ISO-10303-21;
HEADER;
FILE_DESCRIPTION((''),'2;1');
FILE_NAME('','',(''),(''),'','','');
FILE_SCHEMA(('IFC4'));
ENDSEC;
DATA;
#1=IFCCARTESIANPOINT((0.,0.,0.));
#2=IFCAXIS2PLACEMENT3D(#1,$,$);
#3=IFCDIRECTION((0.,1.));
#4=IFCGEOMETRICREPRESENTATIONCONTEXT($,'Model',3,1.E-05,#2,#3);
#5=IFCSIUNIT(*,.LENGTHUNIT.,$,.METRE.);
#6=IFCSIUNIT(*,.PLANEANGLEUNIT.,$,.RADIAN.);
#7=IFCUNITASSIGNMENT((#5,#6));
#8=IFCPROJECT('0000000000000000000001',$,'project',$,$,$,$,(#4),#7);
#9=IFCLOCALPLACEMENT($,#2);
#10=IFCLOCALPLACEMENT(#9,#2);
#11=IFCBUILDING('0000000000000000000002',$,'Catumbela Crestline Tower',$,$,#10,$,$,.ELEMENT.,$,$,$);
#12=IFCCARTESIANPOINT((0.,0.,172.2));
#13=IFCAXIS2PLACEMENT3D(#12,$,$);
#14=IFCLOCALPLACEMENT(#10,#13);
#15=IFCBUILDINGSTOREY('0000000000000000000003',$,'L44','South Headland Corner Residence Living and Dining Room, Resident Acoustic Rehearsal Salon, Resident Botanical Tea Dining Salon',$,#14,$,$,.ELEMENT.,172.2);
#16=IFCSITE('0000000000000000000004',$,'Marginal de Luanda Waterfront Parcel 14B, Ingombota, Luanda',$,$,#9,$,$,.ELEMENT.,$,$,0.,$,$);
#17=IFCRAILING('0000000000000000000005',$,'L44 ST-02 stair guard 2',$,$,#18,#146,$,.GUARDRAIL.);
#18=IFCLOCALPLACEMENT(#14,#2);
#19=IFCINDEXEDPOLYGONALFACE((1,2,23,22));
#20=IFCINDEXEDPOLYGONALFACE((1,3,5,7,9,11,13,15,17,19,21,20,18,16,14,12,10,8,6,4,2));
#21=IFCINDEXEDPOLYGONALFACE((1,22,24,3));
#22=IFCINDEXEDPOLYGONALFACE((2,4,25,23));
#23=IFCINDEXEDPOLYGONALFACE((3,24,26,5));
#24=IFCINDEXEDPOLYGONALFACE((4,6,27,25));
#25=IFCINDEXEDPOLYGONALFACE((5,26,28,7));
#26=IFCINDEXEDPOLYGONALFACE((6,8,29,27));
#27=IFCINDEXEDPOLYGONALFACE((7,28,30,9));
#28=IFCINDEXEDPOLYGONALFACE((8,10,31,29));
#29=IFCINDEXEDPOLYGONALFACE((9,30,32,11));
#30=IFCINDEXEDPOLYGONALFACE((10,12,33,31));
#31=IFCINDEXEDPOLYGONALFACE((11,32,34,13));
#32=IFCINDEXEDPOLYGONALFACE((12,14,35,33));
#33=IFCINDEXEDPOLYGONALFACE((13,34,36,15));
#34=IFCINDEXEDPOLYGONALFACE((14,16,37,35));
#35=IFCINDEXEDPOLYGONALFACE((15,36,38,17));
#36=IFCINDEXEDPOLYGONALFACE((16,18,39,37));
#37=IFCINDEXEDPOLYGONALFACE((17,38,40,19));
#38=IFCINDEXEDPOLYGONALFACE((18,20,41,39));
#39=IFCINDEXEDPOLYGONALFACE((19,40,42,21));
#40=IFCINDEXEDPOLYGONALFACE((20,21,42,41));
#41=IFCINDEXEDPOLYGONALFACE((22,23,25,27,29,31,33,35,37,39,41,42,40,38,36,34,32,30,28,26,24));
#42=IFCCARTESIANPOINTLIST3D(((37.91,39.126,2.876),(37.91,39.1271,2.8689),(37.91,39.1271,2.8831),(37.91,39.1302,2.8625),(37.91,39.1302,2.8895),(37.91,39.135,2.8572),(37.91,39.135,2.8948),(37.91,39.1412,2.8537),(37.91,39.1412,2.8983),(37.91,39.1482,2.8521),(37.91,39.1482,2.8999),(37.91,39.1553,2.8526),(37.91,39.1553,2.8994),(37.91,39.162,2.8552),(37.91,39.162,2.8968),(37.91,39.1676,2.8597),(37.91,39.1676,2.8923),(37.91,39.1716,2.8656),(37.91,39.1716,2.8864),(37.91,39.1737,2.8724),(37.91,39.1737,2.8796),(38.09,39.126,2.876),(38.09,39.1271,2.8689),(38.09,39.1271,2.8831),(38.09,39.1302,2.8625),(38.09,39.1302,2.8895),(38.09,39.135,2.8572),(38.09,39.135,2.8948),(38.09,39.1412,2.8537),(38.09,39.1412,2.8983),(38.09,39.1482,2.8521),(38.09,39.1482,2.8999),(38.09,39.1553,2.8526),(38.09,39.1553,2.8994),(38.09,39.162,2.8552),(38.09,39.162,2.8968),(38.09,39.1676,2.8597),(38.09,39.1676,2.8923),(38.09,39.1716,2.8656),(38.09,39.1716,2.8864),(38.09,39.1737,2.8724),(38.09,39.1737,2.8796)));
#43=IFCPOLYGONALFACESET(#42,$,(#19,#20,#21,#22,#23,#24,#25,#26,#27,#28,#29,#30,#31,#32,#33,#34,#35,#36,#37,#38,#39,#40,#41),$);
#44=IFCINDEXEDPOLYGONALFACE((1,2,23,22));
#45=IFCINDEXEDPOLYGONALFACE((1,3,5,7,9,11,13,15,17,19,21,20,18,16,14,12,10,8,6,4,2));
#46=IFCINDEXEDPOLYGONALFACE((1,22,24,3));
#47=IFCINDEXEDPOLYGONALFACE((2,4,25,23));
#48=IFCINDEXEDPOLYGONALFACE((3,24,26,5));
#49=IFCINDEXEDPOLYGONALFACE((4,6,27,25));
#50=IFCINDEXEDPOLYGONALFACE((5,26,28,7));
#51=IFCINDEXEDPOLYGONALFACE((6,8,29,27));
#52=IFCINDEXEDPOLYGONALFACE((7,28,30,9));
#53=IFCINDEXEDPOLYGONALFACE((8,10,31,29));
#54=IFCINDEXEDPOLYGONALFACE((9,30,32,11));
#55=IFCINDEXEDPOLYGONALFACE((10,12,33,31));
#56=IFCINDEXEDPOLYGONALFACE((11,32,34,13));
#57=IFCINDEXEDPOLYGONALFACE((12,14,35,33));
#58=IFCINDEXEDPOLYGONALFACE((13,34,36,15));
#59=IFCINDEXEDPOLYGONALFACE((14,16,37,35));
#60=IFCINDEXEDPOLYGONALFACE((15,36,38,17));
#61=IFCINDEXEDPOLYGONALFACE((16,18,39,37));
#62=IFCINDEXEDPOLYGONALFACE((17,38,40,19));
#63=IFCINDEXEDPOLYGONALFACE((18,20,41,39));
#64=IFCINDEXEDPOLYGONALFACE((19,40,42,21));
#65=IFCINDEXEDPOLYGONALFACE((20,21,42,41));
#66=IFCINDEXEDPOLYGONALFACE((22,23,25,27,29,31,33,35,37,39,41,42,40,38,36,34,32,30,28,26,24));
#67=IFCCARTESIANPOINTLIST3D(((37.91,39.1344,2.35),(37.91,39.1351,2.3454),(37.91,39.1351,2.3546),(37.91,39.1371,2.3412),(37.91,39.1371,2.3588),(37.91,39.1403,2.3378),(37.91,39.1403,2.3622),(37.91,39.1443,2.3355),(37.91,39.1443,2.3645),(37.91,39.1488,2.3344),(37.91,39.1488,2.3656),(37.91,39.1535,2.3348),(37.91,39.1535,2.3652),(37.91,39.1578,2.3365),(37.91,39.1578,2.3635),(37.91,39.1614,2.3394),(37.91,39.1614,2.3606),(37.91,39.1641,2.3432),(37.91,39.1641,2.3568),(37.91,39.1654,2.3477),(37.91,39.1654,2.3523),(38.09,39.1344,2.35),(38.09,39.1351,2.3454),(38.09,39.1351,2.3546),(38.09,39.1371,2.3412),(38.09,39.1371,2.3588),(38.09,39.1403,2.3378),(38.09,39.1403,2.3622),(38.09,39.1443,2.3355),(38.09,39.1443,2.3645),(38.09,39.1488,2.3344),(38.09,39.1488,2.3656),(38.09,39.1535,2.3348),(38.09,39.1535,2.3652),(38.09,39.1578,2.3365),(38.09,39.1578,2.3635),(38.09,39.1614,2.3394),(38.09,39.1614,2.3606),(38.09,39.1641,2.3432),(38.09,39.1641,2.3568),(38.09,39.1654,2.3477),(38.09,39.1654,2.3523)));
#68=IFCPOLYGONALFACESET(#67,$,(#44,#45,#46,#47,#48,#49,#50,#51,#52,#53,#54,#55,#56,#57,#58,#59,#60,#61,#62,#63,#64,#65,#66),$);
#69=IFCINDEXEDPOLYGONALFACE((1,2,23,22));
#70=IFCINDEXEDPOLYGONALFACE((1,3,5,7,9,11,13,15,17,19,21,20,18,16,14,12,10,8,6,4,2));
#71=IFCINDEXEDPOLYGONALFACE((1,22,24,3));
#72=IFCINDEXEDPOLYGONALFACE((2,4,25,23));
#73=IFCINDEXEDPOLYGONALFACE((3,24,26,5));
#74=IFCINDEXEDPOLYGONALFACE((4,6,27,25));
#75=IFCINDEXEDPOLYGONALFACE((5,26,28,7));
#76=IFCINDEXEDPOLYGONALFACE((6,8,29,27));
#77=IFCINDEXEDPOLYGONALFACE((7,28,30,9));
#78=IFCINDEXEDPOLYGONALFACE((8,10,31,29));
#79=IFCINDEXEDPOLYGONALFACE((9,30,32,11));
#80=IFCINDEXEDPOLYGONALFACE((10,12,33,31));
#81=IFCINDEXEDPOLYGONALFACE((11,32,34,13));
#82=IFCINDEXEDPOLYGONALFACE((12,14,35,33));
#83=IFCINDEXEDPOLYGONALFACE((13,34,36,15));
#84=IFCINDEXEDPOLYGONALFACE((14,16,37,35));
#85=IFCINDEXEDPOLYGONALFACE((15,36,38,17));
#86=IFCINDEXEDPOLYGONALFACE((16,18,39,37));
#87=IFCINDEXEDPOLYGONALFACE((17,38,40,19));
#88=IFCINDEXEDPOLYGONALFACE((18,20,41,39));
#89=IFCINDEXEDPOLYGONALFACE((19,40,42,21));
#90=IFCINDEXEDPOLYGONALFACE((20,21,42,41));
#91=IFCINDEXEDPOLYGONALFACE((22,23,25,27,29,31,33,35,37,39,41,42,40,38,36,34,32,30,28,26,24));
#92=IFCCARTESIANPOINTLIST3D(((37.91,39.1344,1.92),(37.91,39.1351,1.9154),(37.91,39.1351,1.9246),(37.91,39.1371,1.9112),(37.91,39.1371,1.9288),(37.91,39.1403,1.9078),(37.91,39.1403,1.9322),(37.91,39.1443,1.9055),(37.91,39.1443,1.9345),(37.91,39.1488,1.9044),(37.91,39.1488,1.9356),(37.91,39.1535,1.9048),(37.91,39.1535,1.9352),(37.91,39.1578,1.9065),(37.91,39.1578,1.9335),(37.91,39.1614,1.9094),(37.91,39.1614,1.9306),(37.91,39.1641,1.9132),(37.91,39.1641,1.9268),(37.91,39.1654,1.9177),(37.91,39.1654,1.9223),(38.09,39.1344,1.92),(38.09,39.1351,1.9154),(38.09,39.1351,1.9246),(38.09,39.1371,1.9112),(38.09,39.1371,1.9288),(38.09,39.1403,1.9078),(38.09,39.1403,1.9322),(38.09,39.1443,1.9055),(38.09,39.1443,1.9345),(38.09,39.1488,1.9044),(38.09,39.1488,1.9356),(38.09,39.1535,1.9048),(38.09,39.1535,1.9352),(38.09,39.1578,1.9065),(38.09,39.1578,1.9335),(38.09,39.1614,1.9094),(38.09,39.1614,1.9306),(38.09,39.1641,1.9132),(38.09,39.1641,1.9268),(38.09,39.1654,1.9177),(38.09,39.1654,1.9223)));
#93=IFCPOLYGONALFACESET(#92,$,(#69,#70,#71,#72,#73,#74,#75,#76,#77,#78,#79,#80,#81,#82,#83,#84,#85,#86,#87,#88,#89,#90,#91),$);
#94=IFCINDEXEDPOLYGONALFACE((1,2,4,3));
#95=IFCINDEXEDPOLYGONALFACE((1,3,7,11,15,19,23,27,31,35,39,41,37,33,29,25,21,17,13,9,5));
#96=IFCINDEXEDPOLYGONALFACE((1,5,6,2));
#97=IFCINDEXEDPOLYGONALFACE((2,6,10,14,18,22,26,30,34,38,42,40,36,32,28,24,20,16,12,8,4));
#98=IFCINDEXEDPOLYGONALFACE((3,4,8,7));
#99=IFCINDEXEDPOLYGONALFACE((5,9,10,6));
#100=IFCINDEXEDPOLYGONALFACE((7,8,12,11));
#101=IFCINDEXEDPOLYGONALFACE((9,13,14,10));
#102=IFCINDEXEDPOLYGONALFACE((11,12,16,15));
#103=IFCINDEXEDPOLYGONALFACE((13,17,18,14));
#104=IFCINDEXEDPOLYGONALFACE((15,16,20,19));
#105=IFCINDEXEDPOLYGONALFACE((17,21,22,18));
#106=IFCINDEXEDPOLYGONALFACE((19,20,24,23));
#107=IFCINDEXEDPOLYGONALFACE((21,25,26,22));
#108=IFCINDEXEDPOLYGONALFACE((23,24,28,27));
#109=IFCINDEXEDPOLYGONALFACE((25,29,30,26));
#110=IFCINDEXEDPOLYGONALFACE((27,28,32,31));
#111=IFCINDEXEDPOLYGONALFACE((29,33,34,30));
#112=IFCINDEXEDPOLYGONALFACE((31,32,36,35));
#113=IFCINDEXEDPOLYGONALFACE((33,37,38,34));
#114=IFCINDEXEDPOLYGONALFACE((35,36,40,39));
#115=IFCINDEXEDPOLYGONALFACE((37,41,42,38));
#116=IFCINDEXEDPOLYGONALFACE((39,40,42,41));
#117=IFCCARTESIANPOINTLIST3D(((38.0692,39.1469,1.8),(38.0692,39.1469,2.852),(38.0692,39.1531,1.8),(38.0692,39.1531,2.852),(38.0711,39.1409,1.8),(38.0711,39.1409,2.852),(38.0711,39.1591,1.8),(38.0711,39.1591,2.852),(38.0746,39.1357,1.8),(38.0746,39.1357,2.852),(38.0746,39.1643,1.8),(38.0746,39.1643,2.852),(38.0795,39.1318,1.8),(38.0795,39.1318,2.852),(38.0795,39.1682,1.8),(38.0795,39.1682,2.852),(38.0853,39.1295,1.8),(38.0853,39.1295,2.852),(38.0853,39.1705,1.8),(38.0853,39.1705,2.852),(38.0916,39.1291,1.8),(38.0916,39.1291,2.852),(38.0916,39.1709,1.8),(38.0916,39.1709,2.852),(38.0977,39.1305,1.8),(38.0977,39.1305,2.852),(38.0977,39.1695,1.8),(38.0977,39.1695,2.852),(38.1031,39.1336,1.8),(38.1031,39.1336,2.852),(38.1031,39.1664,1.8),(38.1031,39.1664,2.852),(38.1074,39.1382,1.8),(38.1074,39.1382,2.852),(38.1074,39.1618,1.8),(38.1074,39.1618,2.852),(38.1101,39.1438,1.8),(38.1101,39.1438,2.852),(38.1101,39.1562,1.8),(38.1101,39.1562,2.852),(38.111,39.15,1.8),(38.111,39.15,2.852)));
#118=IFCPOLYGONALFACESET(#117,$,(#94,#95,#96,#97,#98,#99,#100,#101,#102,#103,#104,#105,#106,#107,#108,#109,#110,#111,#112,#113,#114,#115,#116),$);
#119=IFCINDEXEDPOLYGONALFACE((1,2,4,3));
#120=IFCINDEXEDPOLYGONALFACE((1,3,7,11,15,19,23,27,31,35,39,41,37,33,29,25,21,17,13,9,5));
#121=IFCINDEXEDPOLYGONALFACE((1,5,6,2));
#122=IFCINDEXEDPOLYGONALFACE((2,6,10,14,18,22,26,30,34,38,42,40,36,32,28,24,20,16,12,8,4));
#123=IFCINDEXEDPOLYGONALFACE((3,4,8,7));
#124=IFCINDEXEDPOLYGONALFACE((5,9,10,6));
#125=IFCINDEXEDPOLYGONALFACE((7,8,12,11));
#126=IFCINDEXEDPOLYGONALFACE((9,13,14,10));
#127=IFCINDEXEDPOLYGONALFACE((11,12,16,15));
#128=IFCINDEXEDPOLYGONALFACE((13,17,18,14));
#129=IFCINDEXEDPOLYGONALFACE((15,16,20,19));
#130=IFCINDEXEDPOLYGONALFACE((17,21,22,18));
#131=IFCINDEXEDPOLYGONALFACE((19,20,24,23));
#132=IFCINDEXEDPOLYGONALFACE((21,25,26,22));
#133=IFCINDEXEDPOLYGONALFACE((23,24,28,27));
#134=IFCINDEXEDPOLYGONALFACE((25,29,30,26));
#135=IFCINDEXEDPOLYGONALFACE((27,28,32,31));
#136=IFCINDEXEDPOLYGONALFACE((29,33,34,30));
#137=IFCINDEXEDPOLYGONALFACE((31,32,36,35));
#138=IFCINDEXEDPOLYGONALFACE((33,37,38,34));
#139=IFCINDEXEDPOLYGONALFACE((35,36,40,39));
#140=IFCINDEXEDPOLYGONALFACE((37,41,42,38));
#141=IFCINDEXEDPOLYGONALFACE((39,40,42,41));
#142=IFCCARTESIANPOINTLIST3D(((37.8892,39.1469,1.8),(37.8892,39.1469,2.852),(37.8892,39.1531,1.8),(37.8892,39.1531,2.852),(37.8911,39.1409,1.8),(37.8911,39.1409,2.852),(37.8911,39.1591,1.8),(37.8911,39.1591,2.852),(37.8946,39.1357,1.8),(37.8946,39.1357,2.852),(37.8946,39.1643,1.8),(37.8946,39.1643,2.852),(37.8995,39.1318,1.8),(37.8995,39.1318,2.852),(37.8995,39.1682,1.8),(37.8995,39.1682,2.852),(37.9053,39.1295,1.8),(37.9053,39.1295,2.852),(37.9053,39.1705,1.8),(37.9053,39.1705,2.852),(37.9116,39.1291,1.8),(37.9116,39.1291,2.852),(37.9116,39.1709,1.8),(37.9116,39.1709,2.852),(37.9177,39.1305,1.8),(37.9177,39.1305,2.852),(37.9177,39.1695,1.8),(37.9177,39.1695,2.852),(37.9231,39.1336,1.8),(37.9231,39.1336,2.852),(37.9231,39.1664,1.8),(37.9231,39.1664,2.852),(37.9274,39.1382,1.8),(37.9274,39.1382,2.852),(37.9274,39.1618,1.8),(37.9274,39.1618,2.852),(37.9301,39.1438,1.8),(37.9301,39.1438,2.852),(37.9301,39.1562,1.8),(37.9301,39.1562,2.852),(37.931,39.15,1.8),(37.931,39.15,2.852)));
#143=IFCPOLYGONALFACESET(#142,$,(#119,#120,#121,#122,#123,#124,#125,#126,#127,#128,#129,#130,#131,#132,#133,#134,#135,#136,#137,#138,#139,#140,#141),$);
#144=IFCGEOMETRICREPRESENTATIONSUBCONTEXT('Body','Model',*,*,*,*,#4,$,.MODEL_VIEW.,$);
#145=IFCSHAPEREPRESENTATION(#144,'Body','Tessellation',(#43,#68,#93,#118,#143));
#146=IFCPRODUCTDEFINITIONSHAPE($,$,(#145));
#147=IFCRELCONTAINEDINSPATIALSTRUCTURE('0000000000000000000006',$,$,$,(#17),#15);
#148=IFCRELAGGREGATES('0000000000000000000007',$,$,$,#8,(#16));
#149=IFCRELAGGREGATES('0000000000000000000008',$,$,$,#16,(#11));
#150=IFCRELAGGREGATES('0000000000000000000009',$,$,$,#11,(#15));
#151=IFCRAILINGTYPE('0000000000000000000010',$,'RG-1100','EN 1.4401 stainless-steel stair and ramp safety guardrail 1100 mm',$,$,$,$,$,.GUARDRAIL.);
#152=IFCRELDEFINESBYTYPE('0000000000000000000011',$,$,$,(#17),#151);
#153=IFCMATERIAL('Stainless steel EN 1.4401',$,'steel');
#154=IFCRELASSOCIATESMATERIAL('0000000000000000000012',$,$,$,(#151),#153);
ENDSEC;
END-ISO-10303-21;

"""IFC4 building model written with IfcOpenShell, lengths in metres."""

from ifc_helpers import new_model, si_unit, direction, frame, origin, origin_2d, place, context, subcontext, project, spatial, circle, extrude, material, type_object, element, save


model = new_model("IFC4")

# Units and contexts
model_context = context("Model", 3, precision=1e-05, world=origin(), true_north=direction((0.0, 1.0)))
body_context = subcontext(model_context, "Body", "Model", "MODEL_VIEW")
ifc_project = project(units=[si_unit("LENGTHUNIT", "METRE"), si_unit("PLANEANGLEUNIT", "RADIAN")], contexts=[model_context])

# Site, building, storey
site_placement = place(None, origin())
site = spatial("IfcSite", under=ifc_project, at=site_placement, Name="Marginal de Luanda Waterfront Parcel 14B, Ingombota, Luanda", CompositionType="ELEMENT", RefElevation=0.0)
building_placement = place(site_placement, origin())
building = spatial("IfcBuilding", under=site, at=building_placement, Name="Catumbela Crestline Tower", CompositionType="ELEMENT")
storey_placement = place(building_placement, frame((0.0, 0.0, 172.2)))
storey = spatial("IfcBuildingStorey", under=building, at=storey_placement, Name="L44", Description="South Headland Corner Residence Living and Dining Room, Resident Acoustic Rehearsal Salon, Resident Botanical Tea Dining Salon", CompositionType="ELEMENT", Elevation=172.2)

# Shared definitions
ifc_material_1 = material(Name="Stainless steel EN 1.4401", Category="steel")

# Railing
railing_type_1 = type_object("IfcRailingType", Name="RG-1100", Description="EN 1.4401 stainless-steel stair and ramp safety guardrail 1100 mm", PredefinedType="GUARDRAIL", material=ifc_material_1)
railing_1_placement = place(storey_placement, frame((38.09, 39.15, 1.8)))
element("IfcRailing", 1, at=railing_1_placement, inside=storey, type_object=railing_type_1, Name="L44 ST-02 stair guard 2", PredefinedType="GUARDRAIL", context=body_context, shape_type="SweptSolid", body=[
    extrude(circle(Radius=0.024, at=origin_2d()), frame((0.0, 0.0, 1.076), z_axis=(-1.0, 0.0, 0.0), x_axis=(0.0, -1.0, 0.0)), (0.0, 0.0, 1.0), 0.18),
    extrude(circle(Radius=0.0156, at=origin_2d()), frame((0.0, 0.0, 0.55), z_axis=(-1.0, 0.0, 0.0), x_axis=(0.0, -1.0, 0.0)), (0.0, 0.0, 1.0), 0.18),
    extrude(circle(Radius=0.0156, at=origin_2d()), frame((0.0, 0.0, 0.12), z_axis=(-1.0, 0.0, 0.0), x_axis=(0.0, -1.0, 0.0)), (0.0, 0.0, 1.0), 0.18),
    extrude(circle(Radius=0.021, at=origin_2d()), origin(), (0.0, 0.0, 1.0), 1.052),
    extrude(circle(Radius=0.021, at=origin_2d()), frame((-0.18, 0.0, 0.0)), (0.0, 0.0, 1.0), 1.052),
])

save(model, "model.ifc")
